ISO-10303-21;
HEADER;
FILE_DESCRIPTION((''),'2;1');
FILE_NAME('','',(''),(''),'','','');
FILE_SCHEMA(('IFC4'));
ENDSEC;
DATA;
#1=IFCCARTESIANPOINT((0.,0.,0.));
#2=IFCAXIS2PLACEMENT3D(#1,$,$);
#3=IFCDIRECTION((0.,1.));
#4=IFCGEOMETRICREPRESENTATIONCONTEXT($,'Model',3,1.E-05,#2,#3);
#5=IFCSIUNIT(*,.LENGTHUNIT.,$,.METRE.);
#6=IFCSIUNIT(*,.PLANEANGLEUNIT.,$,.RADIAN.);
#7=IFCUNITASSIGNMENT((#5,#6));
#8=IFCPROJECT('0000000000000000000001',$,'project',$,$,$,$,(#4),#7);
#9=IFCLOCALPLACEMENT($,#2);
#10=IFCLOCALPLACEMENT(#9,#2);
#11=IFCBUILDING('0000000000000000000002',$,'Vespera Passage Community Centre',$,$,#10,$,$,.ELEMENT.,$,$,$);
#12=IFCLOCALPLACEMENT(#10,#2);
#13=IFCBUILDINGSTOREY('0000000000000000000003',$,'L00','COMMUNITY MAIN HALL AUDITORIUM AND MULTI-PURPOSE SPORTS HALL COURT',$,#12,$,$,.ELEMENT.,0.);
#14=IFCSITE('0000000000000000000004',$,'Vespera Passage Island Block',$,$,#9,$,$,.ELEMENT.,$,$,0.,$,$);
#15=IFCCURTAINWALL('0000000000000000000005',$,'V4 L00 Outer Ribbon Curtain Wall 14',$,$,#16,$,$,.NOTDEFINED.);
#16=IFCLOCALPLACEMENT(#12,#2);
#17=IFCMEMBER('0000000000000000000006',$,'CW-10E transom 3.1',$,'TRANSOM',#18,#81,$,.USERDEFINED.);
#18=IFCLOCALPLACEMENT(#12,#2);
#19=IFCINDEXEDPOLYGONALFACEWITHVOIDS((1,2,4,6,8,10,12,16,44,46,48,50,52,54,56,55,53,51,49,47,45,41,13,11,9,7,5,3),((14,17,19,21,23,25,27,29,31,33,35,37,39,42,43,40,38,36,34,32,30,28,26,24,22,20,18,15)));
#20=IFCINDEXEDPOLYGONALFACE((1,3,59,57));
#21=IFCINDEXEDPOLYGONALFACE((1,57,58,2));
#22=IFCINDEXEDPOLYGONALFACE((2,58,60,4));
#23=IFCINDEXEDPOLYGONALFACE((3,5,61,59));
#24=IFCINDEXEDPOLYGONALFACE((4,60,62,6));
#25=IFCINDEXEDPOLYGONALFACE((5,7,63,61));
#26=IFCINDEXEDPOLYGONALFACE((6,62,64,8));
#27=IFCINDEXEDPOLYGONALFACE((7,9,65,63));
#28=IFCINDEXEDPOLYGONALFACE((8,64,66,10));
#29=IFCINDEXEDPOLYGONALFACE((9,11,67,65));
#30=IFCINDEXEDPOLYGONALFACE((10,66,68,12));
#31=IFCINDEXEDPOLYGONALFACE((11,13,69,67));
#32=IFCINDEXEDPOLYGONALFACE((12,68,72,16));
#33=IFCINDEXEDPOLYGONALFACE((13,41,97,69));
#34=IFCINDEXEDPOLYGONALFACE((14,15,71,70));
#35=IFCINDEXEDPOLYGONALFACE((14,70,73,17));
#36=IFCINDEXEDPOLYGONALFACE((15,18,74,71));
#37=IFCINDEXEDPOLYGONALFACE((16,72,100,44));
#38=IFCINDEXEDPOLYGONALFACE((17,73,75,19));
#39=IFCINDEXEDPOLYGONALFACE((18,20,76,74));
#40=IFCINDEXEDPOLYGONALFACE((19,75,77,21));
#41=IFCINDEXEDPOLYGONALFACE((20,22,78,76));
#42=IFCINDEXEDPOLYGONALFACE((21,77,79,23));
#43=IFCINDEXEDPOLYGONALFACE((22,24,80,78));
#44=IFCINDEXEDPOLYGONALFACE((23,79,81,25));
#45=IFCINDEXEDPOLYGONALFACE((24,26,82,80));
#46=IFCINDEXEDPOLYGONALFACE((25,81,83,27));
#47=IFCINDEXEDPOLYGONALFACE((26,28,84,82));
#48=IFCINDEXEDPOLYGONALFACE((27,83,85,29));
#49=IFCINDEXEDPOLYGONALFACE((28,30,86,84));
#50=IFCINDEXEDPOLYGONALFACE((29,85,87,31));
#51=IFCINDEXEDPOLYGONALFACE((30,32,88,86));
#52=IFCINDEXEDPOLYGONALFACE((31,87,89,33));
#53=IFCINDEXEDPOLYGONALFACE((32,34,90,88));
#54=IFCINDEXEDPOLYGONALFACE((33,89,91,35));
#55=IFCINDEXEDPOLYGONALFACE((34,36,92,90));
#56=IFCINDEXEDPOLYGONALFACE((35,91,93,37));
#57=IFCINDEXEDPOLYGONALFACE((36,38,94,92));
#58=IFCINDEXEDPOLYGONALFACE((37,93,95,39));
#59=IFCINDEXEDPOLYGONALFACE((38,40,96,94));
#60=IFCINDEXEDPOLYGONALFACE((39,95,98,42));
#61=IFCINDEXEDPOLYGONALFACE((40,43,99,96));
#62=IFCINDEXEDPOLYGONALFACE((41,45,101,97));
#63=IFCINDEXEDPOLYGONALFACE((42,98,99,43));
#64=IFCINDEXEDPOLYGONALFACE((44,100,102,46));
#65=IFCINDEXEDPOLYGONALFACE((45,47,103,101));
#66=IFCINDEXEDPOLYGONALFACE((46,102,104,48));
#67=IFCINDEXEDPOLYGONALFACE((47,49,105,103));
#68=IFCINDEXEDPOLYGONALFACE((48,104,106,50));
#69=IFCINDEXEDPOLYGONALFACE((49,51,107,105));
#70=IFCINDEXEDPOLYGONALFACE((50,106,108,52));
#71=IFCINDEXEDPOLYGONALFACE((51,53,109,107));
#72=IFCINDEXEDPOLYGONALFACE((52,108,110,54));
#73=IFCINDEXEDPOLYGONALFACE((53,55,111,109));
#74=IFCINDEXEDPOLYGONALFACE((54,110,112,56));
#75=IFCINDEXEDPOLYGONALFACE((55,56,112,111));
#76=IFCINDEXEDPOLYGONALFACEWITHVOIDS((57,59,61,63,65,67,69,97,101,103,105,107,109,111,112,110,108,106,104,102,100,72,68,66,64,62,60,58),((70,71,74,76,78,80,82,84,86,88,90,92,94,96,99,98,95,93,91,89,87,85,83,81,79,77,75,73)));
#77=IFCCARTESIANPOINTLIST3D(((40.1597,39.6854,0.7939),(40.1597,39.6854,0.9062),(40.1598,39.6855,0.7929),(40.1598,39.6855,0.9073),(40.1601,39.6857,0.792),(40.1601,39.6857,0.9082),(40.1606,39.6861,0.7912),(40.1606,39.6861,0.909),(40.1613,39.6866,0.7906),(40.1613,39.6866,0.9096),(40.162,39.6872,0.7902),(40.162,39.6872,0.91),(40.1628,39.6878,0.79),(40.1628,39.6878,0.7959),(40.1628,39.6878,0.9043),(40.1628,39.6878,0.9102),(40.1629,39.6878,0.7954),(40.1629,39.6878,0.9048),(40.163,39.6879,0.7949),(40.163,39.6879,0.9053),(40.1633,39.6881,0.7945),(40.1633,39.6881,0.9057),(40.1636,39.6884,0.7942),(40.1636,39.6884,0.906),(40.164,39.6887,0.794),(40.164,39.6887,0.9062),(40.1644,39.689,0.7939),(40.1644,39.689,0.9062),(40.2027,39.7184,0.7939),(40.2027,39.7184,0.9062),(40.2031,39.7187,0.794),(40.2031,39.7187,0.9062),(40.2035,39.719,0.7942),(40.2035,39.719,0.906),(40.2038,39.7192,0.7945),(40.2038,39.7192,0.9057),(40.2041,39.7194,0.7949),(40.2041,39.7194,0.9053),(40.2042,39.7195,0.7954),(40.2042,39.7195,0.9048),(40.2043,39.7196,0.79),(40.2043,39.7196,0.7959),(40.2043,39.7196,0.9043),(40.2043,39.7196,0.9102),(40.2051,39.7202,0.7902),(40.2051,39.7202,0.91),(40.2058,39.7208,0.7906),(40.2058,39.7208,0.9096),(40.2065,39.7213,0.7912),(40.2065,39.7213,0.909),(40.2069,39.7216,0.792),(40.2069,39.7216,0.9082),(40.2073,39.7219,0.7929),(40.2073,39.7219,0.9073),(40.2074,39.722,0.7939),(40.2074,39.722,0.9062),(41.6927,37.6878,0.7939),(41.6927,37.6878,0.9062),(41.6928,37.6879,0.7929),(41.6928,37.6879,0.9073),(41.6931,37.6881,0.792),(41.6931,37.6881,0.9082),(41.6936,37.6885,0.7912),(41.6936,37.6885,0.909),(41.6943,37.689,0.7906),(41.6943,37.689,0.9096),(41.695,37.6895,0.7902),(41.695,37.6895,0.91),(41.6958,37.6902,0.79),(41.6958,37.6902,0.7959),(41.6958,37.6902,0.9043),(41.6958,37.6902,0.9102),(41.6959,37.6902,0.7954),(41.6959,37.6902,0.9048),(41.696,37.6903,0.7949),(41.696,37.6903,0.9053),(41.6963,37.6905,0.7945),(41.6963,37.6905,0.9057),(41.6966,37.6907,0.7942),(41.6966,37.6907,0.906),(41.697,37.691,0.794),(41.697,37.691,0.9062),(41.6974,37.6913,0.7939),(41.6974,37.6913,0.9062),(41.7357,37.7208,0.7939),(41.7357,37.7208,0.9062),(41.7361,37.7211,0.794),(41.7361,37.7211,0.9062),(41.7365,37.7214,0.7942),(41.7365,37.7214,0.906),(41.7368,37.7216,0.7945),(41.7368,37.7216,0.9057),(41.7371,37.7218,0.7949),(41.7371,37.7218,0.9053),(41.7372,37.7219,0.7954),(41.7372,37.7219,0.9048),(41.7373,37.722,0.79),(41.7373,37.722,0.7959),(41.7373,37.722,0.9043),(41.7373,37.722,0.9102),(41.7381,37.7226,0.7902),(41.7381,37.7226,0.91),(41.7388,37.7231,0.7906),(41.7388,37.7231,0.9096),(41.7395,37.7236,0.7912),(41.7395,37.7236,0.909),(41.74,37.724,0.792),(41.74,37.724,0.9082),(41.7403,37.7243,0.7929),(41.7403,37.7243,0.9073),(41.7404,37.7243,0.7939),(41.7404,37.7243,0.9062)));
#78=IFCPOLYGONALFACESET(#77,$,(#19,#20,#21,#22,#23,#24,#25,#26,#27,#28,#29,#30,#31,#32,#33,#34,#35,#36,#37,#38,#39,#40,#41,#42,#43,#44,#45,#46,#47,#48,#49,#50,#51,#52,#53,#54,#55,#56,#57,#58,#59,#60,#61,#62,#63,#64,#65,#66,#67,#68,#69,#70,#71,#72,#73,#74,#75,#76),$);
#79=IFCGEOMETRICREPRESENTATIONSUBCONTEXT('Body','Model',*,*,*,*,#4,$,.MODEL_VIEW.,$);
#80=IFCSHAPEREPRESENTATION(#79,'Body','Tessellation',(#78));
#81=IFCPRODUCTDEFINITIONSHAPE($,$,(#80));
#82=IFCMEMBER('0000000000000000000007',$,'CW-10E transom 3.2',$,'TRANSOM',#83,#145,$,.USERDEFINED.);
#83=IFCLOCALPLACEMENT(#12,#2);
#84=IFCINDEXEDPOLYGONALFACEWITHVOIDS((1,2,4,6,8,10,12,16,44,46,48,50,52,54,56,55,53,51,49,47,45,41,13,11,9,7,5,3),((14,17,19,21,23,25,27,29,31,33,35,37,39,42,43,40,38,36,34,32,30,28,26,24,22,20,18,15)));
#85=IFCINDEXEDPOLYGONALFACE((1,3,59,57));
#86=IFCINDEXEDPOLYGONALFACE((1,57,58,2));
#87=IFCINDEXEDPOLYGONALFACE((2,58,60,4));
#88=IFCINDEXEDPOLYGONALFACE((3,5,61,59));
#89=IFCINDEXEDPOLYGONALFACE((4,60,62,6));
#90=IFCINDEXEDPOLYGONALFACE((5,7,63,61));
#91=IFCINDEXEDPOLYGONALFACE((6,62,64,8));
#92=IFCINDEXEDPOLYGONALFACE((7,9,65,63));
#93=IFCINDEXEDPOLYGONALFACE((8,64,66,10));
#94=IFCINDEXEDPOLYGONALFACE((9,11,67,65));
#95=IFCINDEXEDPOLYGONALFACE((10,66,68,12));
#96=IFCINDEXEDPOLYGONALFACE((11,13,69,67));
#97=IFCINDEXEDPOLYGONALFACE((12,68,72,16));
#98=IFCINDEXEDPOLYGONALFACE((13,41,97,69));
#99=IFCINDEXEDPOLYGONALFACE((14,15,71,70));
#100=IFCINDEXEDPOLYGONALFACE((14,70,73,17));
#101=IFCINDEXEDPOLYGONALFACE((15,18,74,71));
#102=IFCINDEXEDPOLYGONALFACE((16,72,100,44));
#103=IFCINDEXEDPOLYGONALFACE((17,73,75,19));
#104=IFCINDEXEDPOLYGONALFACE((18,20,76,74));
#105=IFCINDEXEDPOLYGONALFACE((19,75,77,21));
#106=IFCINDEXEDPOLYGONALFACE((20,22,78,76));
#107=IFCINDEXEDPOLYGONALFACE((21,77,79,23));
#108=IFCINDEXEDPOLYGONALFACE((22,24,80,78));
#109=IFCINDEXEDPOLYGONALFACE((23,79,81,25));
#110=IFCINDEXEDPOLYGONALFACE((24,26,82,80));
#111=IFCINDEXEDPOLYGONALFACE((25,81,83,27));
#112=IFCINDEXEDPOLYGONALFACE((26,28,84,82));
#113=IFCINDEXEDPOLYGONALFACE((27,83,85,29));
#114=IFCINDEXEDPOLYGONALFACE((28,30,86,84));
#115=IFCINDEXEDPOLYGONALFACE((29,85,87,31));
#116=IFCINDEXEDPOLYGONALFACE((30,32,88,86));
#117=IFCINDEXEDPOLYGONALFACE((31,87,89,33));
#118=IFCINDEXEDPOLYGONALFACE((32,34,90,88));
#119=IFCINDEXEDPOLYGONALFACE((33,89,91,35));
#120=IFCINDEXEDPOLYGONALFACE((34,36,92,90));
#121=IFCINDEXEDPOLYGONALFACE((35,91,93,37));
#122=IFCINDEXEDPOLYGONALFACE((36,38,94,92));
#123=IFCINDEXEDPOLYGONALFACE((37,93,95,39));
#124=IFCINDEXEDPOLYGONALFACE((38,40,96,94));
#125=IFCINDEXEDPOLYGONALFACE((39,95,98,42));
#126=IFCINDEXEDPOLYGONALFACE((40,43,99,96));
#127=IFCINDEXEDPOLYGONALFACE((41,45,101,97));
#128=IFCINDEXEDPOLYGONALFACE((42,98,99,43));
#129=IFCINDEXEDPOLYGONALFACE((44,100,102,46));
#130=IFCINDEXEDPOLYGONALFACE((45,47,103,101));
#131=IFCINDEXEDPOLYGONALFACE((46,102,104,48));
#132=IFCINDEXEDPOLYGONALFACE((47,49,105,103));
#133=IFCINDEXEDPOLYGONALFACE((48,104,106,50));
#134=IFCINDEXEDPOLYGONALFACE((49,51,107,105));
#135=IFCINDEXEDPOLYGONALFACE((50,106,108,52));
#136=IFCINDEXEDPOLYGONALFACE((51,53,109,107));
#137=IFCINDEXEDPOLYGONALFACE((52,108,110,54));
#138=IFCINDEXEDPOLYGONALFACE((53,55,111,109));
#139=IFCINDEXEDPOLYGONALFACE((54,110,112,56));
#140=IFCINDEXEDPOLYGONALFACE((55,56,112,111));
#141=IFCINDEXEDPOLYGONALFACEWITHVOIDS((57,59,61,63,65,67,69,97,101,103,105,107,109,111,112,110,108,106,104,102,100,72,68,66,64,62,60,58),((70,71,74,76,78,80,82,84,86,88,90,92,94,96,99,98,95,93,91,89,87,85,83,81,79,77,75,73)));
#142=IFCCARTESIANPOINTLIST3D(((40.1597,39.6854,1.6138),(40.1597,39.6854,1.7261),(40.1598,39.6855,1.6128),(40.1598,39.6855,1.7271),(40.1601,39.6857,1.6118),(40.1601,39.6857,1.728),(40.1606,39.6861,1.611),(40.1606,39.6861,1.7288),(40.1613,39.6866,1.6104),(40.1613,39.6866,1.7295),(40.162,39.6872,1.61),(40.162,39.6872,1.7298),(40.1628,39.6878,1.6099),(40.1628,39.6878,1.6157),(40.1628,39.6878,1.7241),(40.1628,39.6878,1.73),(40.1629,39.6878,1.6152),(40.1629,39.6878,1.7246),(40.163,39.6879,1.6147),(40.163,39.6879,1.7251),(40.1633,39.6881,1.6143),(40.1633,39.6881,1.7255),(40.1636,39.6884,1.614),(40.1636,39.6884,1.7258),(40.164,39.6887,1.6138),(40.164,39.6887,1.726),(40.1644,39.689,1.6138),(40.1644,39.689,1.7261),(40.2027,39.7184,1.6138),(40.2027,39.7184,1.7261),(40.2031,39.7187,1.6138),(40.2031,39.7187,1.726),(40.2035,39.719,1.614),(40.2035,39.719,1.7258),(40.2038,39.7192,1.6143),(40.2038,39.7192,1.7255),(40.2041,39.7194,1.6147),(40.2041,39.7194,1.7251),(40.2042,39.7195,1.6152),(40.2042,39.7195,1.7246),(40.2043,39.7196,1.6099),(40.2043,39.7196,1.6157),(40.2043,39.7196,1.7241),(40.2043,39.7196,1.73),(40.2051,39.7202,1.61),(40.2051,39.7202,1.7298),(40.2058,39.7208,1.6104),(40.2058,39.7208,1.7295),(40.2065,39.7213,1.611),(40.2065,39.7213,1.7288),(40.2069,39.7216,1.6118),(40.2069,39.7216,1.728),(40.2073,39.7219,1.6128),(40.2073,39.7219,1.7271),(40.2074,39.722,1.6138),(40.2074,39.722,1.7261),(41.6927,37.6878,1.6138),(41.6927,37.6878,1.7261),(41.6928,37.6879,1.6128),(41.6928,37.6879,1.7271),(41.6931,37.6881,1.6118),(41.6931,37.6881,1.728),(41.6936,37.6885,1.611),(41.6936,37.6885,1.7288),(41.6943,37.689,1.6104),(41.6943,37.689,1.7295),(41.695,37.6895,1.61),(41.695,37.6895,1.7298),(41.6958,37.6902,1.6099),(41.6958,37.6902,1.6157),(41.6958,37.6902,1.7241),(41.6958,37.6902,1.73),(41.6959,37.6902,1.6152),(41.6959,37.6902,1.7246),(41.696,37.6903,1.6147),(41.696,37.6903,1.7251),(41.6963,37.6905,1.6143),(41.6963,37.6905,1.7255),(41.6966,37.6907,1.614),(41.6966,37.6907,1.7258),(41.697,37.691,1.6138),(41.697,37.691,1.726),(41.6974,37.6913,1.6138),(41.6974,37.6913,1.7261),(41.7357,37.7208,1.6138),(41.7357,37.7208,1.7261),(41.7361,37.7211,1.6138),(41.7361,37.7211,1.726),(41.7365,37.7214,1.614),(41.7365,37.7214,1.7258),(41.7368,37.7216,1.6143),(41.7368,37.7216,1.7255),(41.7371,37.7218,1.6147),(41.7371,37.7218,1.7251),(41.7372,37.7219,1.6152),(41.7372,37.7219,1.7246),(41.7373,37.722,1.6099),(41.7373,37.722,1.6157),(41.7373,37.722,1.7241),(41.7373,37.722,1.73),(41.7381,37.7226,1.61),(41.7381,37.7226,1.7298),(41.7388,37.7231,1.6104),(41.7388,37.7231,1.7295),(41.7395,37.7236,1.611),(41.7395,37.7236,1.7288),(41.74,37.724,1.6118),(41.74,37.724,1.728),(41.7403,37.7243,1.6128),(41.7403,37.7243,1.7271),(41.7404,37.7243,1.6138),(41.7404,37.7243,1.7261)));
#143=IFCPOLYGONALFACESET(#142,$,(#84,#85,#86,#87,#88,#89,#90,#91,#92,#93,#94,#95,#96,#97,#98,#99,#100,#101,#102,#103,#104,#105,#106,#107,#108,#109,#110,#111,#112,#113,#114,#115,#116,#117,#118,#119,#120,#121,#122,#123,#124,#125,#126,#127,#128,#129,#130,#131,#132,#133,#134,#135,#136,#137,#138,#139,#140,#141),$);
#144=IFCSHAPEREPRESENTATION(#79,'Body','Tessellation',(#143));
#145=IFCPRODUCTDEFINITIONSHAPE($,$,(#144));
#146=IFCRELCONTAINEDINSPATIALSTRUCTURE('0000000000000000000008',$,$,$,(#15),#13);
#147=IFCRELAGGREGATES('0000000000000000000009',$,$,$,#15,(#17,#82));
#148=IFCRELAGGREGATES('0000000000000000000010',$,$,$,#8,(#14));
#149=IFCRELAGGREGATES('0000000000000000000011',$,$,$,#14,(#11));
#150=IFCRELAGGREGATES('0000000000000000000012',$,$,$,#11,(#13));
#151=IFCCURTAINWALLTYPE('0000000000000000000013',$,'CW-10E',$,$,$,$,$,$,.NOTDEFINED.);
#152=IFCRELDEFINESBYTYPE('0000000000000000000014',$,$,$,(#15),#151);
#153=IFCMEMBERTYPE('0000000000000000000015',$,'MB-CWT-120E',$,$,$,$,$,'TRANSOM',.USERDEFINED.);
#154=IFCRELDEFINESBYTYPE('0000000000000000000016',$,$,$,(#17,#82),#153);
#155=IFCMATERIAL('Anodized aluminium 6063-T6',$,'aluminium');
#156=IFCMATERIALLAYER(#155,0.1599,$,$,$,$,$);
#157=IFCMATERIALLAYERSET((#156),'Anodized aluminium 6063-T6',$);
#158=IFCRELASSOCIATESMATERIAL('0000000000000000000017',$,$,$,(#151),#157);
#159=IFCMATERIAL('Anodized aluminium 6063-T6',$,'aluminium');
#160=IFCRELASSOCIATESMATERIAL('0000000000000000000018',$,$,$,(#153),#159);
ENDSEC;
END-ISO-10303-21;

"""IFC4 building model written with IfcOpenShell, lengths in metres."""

from ifc_helpers import new_model, si_unit, direction, frame, origin, origin_2d, place, context, subcontext, project, spatial, hollow_rectangle, extrude, material, layer, layer_set, material_profile, profile_set, type_object, element, aggregate, save


model = new_model("IFC4")

# Units and contexts
model_context = context("Model", 3, precision=1e-05, world=origin(), true_north=direction((0.0, 1.0)))
body_context = subcontext(model_context, "Body", "Model", "MODEL_VIEW")
ifc_project = project(units=[si_unit("LENGTHUNIT", "METRE"), si_unit("PLANEANGLEUNIT", "RADIAN")], contexts=[model_context])

# Site, building, storey
site_placement = place(None, origin())
site = spatial("IfcSite", under=ifc_project, at=site_placement, Name="Vespera Passage Island Block", CompositionType="ELEMENT", RefElevation=0.0)
building_placement = place(site_placement, origin())
building = spatial("IfcBuilding", under=site, at=building_placement, Name="Vespera Passage Community Centre", CompositionType="ELEMENT")
storey_placement = place(building_placement, origin())
storey = spatial("IfcBuildingStorey", under=building, at=storey_placement, Name="L00", Description="COMMUNITY MAIN HALL AUDITORIUM AND MULTI-PURPOSE SPORTS HALL COURT", CompositionType="ELEMENT", Elevation=0.0)

# Curtain wall
ifc_material_1 = material(Name="Anodized aluminium 6063-T6", Category="aluminium")
ifc_layer_1 = layer(ifc_material_1, 0.1599)
ifc_layer_set_1 = layer_set([ifc_layer_1], Name="Anodized aluminium 6063-T6")
curtain_wall_type_1 = type_object("IfcCurtainWallType", Name="CW-10E", PredefinedType="NOTDEFINED", material=ifc_layer_set_1)
curtain_wall_1_placement = place(storey_placement, origin())
curtain_wall_1 = element("IfcCurtainWall", 1, at=curtain_wall_1_placement, inside=storey, type_object=curtain_wall_type_1, Name="V4 L00 Outer Ribbon Curtain Wall 14", PredefinedType="NOTDEFINED")

# Members
ifc_material_2 = material(Name="Anodized aluminium 6063-T6", Category="aluminium")
ifc_material_profile_1 = material_profile(ifc_material_2, hollow_rectangle(XDim=0.0601, YDim=0.1201, WallThickness=0.0039, InnerFilletRadius=0.002, OuterFilletRadius=0.0039, at=origin_2d()), Name="ALU120X60X4")
ifc_profile_set_1 = profile_set([ifc_material_profile_1], Name="Anodized aluminium 6063-T6")
member_type_1 = type_object("IfcMemberType", Name="MB-CWT-120E", ElementType="TRANSOM", PredefinedType="USERDEFINED", material=ifc_profile_set_1)
member_1_placement = place(storey_placement, frame((41.7166, 37.7061, 0.8501), z_axis=(-0.608806, 0.793319, 0.0), x_axis=(-0.793319, -0.608806, 0.0)))
member_1 = element("IfcMember", 2, at=member_1_placement, type_object=member_type_1, Name="CW-10E transom 3.1", ObjectType="TRANSOM", PredefinedType="USERDEFINED", context=body_context, shape_type="SweptSolid", body=[
    extrude(hollow_rectangle(XDim=0.0601, YDim=0.1201, WallThickness=0.0039, InnerFilletRadius=0.002, OuterFilletRadius=0.0039, at=origin_2d()), origin(), (0.0, 0.0, 1.0), 2.5181),
])
member_2_placement = place(storey_placement, frame((41.7166, 37.7061, 1.6699), z_axis=(-0.608806, 0.793319, 0.0), x_axis=(-0.793319, -0.608806, 0.0)))
member_2 = element("IfcMember", 3, at=member_2_placement, type_object=member_type_1, Name="CW-10E transom 3.2", ObjectType="TRANSOM", PredefinedType="USERDEFINED", context=body_context, shape_type="SweptSolid", body=[
    extrude(hollow_rectangle(XDim=0.0601, YDim=0.1201, WallThickness=0.0039, InnerFilletRadius=0.002, OuterFilletRadius=0.0039, at=origin_2d()), origin(), (0.0, 0.0, 1.0), 2.5181),
])

aggregate(curtain_wall_1, [member_1, member_2])

save(model, "model.ifc")
